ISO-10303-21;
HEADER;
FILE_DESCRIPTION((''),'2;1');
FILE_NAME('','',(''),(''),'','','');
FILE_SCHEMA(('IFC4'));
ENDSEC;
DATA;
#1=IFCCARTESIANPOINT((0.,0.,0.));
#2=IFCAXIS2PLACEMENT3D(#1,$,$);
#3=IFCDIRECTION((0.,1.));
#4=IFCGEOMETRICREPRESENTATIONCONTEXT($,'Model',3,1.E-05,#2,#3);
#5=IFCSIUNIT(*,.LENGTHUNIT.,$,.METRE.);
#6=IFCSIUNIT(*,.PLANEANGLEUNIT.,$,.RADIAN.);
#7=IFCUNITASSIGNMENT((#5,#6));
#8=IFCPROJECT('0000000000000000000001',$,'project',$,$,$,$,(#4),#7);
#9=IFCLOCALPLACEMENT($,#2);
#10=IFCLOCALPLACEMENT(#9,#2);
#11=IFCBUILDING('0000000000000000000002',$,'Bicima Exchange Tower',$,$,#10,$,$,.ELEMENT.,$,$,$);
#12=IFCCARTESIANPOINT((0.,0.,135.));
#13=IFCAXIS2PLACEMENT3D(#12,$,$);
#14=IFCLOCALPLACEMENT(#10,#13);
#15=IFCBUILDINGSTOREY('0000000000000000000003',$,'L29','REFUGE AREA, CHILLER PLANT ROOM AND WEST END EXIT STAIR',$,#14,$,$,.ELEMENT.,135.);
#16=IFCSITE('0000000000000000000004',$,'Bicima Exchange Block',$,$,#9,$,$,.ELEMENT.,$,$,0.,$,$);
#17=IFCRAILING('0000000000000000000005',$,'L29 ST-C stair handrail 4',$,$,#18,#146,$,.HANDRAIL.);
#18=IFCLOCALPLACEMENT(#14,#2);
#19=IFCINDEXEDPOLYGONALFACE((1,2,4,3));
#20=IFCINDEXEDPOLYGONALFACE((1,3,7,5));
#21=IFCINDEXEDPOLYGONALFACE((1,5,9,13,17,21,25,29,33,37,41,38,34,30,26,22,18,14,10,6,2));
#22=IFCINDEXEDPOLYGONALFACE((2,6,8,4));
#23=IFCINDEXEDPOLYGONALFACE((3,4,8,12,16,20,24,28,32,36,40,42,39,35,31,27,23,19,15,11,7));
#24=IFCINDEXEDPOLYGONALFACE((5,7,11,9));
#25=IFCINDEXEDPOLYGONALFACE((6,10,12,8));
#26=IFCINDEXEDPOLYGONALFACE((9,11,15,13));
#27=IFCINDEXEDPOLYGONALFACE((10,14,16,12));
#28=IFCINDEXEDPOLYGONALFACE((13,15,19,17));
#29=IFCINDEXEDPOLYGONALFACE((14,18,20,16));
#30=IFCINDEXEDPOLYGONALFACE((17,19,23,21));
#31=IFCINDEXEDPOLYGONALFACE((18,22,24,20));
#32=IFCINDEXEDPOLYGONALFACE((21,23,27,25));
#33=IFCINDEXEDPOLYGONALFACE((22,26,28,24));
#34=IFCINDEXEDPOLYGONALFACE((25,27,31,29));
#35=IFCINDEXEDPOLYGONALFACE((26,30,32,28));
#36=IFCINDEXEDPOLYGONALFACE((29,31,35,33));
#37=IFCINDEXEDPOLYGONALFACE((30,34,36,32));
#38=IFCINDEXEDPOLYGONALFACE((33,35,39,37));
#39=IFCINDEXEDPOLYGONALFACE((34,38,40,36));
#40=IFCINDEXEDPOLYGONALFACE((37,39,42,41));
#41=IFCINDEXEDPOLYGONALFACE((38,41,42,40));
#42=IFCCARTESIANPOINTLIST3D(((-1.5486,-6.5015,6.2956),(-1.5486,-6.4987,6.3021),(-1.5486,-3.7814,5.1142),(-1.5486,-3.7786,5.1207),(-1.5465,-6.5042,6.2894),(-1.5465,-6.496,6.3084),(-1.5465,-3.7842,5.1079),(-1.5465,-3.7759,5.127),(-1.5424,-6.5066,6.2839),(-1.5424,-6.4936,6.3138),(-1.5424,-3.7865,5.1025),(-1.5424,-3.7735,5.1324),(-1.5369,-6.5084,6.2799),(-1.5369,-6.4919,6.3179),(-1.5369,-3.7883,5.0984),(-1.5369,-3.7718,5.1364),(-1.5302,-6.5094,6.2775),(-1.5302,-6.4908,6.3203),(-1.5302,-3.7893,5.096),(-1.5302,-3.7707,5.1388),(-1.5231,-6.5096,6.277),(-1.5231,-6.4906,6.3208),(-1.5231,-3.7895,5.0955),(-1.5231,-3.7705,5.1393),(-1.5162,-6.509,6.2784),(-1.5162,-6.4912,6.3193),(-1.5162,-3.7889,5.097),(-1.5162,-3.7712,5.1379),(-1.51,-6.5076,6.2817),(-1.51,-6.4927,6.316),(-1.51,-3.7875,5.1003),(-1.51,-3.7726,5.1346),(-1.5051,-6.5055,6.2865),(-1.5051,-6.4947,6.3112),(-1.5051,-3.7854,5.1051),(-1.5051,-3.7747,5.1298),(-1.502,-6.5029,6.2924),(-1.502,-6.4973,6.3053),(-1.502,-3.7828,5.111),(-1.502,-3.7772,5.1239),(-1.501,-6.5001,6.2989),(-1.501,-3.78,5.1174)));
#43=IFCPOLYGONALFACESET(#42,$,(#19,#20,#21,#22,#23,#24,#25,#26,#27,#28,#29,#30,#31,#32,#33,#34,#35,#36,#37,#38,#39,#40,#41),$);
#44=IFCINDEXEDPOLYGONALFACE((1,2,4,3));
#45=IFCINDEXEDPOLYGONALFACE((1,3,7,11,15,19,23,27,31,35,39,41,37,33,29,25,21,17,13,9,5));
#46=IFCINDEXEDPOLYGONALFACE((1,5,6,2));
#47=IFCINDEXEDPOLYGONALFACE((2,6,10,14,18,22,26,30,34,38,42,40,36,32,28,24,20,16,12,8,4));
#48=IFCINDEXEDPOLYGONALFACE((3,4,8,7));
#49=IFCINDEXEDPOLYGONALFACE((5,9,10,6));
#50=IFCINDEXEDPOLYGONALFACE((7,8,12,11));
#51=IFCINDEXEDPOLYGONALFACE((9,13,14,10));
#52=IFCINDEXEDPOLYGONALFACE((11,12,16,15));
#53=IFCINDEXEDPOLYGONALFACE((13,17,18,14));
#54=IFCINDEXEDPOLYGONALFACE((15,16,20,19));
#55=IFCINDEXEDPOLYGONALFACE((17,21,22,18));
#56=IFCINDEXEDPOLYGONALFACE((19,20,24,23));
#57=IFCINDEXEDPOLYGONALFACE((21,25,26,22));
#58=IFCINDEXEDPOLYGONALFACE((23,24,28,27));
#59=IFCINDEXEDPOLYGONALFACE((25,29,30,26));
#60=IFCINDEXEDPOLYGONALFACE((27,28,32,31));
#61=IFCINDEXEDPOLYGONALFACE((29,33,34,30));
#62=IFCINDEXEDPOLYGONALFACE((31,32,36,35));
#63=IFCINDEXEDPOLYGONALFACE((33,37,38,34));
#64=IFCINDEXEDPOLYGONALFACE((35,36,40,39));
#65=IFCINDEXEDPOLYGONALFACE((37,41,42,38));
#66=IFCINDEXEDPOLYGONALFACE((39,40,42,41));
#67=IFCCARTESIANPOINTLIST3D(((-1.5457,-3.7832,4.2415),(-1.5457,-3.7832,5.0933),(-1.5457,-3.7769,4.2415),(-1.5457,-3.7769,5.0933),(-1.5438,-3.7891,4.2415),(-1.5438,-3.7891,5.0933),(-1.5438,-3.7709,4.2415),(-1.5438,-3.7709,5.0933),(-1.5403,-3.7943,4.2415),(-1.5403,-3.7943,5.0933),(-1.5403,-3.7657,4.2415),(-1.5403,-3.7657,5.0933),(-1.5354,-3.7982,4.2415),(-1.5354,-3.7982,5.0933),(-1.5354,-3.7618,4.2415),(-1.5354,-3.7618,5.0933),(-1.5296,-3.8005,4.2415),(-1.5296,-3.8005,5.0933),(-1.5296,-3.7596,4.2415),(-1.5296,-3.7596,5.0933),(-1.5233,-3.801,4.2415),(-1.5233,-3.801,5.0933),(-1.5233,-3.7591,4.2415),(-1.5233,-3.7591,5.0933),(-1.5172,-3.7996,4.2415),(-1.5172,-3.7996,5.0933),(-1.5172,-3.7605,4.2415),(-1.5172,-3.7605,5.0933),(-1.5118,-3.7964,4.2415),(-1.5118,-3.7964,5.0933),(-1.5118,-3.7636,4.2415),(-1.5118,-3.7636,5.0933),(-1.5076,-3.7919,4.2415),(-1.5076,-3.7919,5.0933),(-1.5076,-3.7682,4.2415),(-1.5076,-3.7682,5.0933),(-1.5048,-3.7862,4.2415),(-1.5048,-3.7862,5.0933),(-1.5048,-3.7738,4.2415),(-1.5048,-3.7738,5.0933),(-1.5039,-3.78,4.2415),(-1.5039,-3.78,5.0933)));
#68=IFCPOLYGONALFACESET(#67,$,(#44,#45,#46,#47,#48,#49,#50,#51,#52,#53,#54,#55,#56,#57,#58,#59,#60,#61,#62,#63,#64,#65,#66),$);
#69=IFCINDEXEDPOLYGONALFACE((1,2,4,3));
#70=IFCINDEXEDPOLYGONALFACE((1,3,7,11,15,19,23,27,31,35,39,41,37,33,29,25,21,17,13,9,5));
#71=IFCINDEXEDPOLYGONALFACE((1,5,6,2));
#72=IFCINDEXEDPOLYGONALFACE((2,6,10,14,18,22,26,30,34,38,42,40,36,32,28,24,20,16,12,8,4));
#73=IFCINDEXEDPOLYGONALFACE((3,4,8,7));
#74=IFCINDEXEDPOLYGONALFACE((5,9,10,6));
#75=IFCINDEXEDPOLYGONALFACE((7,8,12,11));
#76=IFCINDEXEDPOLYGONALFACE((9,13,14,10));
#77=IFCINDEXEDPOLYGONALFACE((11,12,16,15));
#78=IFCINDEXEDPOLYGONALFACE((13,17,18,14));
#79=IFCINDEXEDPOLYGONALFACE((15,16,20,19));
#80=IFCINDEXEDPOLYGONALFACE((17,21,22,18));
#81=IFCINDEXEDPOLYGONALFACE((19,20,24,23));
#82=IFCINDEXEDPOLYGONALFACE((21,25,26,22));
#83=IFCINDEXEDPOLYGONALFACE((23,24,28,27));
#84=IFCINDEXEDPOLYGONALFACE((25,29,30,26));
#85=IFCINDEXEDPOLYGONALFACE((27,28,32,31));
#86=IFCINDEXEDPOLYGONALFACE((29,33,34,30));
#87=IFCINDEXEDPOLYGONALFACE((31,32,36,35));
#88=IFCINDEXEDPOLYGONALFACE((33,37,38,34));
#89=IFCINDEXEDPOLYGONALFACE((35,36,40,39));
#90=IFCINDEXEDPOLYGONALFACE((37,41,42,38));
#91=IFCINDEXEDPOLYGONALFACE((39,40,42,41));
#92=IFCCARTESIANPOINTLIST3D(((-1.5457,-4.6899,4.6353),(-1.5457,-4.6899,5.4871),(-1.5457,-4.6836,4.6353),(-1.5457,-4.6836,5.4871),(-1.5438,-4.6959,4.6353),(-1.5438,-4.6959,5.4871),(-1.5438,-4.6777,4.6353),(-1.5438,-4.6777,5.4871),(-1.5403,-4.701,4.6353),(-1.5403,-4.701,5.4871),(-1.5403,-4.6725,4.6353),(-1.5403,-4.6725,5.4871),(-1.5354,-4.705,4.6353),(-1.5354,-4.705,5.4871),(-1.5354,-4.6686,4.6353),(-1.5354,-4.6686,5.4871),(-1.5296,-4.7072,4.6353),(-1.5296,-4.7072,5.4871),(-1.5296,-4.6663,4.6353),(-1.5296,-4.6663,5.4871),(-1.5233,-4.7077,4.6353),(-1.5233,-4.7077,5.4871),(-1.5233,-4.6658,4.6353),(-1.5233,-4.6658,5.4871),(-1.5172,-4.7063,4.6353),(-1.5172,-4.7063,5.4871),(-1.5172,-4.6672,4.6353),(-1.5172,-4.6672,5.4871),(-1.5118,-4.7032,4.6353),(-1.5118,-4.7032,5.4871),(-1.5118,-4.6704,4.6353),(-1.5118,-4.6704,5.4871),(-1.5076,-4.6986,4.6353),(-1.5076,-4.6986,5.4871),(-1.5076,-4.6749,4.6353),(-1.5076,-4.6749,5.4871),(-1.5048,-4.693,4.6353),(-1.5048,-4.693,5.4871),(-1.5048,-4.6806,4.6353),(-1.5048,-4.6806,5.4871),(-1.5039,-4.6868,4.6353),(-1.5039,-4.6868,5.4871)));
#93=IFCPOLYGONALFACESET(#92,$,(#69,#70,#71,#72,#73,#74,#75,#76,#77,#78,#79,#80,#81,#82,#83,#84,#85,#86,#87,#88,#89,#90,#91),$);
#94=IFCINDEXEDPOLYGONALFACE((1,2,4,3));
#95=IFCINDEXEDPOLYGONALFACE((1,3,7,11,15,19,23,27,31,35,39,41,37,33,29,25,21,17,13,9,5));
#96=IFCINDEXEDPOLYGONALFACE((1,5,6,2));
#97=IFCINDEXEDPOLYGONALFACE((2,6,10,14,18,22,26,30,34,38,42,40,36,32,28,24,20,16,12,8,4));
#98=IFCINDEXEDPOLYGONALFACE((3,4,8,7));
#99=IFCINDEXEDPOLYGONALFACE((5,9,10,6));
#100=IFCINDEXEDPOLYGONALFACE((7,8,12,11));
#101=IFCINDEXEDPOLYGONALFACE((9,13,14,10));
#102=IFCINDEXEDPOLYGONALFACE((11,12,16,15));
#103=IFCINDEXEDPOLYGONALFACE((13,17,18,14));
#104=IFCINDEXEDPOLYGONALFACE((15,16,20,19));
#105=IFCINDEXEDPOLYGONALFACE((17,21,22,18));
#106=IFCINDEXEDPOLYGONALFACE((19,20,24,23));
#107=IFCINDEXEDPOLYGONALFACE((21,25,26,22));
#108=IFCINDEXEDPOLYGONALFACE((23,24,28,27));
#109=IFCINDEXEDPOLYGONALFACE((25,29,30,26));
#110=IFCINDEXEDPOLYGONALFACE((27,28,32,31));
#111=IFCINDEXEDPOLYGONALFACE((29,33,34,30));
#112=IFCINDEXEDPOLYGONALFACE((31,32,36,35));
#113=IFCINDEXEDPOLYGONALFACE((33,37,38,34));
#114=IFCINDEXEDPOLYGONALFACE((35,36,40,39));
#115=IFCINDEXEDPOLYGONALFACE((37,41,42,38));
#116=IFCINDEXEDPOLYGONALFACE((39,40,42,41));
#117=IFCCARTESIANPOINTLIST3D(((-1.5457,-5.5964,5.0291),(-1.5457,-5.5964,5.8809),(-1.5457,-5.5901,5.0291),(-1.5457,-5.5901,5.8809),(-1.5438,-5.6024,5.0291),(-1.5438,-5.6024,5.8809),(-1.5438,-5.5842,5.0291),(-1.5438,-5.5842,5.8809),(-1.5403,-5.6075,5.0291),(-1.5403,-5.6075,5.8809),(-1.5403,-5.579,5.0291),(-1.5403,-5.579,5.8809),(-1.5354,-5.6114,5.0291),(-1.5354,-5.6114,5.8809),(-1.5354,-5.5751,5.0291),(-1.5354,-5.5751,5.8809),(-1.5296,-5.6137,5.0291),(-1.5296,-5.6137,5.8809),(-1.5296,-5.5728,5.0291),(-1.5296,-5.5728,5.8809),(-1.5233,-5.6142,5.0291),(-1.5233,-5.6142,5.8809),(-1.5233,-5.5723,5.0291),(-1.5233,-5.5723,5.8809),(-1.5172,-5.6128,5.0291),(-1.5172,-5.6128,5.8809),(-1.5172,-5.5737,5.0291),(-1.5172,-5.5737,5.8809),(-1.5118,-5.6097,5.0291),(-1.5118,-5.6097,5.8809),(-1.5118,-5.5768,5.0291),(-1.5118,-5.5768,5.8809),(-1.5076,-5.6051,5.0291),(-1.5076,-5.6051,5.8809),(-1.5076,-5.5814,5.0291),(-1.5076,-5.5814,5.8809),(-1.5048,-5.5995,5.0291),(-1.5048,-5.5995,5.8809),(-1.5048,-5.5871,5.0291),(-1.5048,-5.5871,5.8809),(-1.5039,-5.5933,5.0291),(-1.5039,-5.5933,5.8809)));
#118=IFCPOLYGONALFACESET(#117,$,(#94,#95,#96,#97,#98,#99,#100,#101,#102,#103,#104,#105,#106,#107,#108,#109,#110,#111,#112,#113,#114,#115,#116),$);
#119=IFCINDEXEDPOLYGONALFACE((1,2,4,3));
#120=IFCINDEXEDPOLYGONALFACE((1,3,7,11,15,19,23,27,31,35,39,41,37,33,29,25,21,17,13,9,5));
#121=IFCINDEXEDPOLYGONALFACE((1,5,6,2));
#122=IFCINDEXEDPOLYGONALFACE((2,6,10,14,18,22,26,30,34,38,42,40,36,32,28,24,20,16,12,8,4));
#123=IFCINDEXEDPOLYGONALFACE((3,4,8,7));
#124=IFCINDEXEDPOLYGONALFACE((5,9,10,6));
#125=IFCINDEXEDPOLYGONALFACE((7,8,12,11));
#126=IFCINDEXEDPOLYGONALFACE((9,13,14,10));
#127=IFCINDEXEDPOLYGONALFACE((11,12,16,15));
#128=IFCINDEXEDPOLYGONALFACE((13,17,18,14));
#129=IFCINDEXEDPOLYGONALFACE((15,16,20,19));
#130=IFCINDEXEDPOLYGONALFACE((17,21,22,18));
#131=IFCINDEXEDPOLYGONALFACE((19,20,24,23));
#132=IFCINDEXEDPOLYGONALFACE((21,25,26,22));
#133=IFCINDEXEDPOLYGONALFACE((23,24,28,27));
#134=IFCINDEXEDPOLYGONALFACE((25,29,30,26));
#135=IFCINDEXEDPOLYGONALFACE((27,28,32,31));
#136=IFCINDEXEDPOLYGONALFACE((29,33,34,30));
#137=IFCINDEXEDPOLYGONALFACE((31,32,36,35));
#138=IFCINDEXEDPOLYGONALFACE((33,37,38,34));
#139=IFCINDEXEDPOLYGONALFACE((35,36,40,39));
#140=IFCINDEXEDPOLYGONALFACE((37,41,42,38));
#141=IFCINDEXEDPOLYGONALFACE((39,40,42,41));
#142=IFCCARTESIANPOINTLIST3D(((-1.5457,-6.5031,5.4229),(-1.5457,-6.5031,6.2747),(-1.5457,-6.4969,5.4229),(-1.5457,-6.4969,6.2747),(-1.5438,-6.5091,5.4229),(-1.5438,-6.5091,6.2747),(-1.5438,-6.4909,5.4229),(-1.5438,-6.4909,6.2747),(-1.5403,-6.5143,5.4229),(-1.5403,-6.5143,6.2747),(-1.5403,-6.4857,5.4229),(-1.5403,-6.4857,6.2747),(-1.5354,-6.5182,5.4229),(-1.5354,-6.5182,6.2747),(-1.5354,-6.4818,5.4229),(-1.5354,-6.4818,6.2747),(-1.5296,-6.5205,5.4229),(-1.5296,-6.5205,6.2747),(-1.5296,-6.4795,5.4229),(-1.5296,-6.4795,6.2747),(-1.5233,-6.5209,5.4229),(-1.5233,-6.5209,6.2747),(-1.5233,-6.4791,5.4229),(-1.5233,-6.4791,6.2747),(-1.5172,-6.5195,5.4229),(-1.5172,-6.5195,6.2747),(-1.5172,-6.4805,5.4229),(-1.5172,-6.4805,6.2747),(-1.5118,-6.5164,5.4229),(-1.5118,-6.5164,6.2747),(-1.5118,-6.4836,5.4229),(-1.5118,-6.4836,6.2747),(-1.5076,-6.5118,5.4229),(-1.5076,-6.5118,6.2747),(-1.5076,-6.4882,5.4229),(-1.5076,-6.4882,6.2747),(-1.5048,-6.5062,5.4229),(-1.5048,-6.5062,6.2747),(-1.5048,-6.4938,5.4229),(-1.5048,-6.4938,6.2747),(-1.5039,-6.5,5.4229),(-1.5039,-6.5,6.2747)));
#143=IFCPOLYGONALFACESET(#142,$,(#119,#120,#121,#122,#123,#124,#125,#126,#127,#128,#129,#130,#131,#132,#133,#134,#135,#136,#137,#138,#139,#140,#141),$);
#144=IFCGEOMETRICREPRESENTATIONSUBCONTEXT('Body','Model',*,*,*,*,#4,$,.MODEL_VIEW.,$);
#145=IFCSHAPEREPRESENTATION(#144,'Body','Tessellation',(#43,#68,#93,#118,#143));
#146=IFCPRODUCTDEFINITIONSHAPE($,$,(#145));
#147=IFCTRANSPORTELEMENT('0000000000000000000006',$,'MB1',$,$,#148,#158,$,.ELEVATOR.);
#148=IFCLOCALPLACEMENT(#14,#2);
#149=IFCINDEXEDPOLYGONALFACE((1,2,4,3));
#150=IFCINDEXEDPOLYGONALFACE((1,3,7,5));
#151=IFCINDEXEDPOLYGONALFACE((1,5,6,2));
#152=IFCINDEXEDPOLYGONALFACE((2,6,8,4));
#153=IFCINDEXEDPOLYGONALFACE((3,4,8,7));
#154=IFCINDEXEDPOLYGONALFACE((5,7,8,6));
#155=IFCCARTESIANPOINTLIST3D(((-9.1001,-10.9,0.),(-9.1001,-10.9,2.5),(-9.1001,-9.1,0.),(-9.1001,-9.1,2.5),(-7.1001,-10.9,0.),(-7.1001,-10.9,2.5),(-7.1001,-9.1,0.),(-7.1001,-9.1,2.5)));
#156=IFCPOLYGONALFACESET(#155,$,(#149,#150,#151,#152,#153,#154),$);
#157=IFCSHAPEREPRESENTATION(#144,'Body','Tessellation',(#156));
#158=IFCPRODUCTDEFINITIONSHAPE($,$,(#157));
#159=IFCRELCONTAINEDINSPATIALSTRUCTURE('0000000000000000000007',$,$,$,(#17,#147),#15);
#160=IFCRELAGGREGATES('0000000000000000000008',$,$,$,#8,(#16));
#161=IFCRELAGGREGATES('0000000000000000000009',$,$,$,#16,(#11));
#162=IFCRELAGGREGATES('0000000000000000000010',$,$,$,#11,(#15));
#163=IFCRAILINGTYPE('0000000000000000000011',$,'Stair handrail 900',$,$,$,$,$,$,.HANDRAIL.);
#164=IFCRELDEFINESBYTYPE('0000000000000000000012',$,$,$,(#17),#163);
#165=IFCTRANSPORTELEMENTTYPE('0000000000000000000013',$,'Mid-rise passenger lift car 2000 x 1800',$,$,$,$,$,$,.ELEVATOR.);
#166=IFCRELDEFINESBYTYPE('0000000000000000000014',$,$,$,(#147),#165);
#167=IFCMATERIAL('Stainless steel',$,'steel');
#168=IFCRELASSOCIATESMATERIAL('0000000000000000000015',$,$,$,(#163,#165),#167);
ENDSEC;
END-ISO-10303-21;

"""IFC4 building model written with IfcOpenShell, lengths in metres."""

from ifc_helpers import new_model, si_unit, direction, frame, origin, origin_2d, place, context, subcontext, project, spatial, rectangle, circle, extrude, material, type_object, element, save


model = new_model("IFC4")

# Units and contexts
model_context = context("Model", 3, precision=1e-05, world=origin(), true_north=direction((0.0, 1.0)))
body_context = subcontext(model_context, "Body", "Model", "MODEL_VIEW")
ifc_project = project(units=[si_unit("LENGTHUNIT", "METRE"), si_unit("PLANEANGLEUNIT", "RADIAN")], contexts=[model_context])

# Site, building, storey
site_placement = place(None, origin())
site = spatial("IfcSite", under=ifc_project, at=site_placement, Name="Bicima Exchange Block", CompositionType="ELEMENT", RefElevation=0.0)
building_placement = place(site_placement, origin())
building = spatial("IfcBuilding", under=site, at=building_placement, Name="Bicima Exchange Tower", CompositionType="ELEMENT")
storey_placement = place(building_placement, frame((0.0, 0.0, 135.0)))
storey = spatial("IfcBuildingStorey", under=building, at=storey_placement, Name="L29", Description="REFUGE AREA, CHILLER PLANT ROOM AND WEST END EXIT STAIR", CompositionType="ELEMENT", Elevation=135.0)

# Shared definitions
ifc_material_1 = material(Name="Stainless steel", Category="steel")

# Railing
railing_type = type_object("IfcRailingType", Name="Stair handrail 900", PredefinedType="HANDRAIL", material=ifc_material_1)
railing_1_placement = place(storey_placement, frame((-1.5249, -3.78, 4.2415)))
element("IfcRailing", 1, at=railing_1_placement, inside=storey, type_object=railing_type, Name="L29 ST-C stair handrail 4", PredefinedType="HANDRAIL", context=body_context, shape_type="SweptSolid", body=[
    extrude(circle(Radius=0.0239, at=origin_2d()), frame((0.0, 0.0, 0.876), z_axis=(0.0, -0.917218, 0.398386), x_axis=(1.0, 0.0, 0.0)), (0.0, 0.0, 1.0), 2.9656),
    extrude(circle(Radius=0.021, at=origin_2d()), origin(), (0.0, 0.0, 1.0), 0.8518),
    extrude(circle(Radius=0.021, at=origin_2d()), frame((0.0, -0.9067, 0.3938)), (0.0, 0.0, 1.0), 0.8518),
    extrude(circle(Radius=0.021, at=origin_2d()), frame((0.0, -1.8132, 0.7876)), (0.0, 0.0, 1.0), 0.8518),
    extrude(circle(Radius=0.021, at=origin_2d()), frame((0.0, -2.72, 1.1814)), (0.0, 0.0, 1.0), 0.8518),
])

# Transport element
transport_element_type = type_object("IfcTransportElementType", Name="Mid-rise passenger lift car 2000 x 1800", PredefinedType="ELEVATOR", material=ifc_material_1)
transport_element_placement = place(storey_placement, frame((-8.1001, -10.0, 0.0), z_axis=(0.0, 0.0, 1.0), x_axis=(1.0, 0.0, 0.0)))
element("IfcTransportElement", 2, at=transport_element_placement, inside=storey, type_object=transport_element_type, Name="MB1", PredefinedType="ELEVATOR", context=body_context, shape_type="SweptSolid", body=[
    extrude(rectangle(XDim=2.0, YDim=1.8, at=origin_2d()), origin(), (0.0, 0.0, 1.0), 2.5),
])

save(model, "model.ifc")
